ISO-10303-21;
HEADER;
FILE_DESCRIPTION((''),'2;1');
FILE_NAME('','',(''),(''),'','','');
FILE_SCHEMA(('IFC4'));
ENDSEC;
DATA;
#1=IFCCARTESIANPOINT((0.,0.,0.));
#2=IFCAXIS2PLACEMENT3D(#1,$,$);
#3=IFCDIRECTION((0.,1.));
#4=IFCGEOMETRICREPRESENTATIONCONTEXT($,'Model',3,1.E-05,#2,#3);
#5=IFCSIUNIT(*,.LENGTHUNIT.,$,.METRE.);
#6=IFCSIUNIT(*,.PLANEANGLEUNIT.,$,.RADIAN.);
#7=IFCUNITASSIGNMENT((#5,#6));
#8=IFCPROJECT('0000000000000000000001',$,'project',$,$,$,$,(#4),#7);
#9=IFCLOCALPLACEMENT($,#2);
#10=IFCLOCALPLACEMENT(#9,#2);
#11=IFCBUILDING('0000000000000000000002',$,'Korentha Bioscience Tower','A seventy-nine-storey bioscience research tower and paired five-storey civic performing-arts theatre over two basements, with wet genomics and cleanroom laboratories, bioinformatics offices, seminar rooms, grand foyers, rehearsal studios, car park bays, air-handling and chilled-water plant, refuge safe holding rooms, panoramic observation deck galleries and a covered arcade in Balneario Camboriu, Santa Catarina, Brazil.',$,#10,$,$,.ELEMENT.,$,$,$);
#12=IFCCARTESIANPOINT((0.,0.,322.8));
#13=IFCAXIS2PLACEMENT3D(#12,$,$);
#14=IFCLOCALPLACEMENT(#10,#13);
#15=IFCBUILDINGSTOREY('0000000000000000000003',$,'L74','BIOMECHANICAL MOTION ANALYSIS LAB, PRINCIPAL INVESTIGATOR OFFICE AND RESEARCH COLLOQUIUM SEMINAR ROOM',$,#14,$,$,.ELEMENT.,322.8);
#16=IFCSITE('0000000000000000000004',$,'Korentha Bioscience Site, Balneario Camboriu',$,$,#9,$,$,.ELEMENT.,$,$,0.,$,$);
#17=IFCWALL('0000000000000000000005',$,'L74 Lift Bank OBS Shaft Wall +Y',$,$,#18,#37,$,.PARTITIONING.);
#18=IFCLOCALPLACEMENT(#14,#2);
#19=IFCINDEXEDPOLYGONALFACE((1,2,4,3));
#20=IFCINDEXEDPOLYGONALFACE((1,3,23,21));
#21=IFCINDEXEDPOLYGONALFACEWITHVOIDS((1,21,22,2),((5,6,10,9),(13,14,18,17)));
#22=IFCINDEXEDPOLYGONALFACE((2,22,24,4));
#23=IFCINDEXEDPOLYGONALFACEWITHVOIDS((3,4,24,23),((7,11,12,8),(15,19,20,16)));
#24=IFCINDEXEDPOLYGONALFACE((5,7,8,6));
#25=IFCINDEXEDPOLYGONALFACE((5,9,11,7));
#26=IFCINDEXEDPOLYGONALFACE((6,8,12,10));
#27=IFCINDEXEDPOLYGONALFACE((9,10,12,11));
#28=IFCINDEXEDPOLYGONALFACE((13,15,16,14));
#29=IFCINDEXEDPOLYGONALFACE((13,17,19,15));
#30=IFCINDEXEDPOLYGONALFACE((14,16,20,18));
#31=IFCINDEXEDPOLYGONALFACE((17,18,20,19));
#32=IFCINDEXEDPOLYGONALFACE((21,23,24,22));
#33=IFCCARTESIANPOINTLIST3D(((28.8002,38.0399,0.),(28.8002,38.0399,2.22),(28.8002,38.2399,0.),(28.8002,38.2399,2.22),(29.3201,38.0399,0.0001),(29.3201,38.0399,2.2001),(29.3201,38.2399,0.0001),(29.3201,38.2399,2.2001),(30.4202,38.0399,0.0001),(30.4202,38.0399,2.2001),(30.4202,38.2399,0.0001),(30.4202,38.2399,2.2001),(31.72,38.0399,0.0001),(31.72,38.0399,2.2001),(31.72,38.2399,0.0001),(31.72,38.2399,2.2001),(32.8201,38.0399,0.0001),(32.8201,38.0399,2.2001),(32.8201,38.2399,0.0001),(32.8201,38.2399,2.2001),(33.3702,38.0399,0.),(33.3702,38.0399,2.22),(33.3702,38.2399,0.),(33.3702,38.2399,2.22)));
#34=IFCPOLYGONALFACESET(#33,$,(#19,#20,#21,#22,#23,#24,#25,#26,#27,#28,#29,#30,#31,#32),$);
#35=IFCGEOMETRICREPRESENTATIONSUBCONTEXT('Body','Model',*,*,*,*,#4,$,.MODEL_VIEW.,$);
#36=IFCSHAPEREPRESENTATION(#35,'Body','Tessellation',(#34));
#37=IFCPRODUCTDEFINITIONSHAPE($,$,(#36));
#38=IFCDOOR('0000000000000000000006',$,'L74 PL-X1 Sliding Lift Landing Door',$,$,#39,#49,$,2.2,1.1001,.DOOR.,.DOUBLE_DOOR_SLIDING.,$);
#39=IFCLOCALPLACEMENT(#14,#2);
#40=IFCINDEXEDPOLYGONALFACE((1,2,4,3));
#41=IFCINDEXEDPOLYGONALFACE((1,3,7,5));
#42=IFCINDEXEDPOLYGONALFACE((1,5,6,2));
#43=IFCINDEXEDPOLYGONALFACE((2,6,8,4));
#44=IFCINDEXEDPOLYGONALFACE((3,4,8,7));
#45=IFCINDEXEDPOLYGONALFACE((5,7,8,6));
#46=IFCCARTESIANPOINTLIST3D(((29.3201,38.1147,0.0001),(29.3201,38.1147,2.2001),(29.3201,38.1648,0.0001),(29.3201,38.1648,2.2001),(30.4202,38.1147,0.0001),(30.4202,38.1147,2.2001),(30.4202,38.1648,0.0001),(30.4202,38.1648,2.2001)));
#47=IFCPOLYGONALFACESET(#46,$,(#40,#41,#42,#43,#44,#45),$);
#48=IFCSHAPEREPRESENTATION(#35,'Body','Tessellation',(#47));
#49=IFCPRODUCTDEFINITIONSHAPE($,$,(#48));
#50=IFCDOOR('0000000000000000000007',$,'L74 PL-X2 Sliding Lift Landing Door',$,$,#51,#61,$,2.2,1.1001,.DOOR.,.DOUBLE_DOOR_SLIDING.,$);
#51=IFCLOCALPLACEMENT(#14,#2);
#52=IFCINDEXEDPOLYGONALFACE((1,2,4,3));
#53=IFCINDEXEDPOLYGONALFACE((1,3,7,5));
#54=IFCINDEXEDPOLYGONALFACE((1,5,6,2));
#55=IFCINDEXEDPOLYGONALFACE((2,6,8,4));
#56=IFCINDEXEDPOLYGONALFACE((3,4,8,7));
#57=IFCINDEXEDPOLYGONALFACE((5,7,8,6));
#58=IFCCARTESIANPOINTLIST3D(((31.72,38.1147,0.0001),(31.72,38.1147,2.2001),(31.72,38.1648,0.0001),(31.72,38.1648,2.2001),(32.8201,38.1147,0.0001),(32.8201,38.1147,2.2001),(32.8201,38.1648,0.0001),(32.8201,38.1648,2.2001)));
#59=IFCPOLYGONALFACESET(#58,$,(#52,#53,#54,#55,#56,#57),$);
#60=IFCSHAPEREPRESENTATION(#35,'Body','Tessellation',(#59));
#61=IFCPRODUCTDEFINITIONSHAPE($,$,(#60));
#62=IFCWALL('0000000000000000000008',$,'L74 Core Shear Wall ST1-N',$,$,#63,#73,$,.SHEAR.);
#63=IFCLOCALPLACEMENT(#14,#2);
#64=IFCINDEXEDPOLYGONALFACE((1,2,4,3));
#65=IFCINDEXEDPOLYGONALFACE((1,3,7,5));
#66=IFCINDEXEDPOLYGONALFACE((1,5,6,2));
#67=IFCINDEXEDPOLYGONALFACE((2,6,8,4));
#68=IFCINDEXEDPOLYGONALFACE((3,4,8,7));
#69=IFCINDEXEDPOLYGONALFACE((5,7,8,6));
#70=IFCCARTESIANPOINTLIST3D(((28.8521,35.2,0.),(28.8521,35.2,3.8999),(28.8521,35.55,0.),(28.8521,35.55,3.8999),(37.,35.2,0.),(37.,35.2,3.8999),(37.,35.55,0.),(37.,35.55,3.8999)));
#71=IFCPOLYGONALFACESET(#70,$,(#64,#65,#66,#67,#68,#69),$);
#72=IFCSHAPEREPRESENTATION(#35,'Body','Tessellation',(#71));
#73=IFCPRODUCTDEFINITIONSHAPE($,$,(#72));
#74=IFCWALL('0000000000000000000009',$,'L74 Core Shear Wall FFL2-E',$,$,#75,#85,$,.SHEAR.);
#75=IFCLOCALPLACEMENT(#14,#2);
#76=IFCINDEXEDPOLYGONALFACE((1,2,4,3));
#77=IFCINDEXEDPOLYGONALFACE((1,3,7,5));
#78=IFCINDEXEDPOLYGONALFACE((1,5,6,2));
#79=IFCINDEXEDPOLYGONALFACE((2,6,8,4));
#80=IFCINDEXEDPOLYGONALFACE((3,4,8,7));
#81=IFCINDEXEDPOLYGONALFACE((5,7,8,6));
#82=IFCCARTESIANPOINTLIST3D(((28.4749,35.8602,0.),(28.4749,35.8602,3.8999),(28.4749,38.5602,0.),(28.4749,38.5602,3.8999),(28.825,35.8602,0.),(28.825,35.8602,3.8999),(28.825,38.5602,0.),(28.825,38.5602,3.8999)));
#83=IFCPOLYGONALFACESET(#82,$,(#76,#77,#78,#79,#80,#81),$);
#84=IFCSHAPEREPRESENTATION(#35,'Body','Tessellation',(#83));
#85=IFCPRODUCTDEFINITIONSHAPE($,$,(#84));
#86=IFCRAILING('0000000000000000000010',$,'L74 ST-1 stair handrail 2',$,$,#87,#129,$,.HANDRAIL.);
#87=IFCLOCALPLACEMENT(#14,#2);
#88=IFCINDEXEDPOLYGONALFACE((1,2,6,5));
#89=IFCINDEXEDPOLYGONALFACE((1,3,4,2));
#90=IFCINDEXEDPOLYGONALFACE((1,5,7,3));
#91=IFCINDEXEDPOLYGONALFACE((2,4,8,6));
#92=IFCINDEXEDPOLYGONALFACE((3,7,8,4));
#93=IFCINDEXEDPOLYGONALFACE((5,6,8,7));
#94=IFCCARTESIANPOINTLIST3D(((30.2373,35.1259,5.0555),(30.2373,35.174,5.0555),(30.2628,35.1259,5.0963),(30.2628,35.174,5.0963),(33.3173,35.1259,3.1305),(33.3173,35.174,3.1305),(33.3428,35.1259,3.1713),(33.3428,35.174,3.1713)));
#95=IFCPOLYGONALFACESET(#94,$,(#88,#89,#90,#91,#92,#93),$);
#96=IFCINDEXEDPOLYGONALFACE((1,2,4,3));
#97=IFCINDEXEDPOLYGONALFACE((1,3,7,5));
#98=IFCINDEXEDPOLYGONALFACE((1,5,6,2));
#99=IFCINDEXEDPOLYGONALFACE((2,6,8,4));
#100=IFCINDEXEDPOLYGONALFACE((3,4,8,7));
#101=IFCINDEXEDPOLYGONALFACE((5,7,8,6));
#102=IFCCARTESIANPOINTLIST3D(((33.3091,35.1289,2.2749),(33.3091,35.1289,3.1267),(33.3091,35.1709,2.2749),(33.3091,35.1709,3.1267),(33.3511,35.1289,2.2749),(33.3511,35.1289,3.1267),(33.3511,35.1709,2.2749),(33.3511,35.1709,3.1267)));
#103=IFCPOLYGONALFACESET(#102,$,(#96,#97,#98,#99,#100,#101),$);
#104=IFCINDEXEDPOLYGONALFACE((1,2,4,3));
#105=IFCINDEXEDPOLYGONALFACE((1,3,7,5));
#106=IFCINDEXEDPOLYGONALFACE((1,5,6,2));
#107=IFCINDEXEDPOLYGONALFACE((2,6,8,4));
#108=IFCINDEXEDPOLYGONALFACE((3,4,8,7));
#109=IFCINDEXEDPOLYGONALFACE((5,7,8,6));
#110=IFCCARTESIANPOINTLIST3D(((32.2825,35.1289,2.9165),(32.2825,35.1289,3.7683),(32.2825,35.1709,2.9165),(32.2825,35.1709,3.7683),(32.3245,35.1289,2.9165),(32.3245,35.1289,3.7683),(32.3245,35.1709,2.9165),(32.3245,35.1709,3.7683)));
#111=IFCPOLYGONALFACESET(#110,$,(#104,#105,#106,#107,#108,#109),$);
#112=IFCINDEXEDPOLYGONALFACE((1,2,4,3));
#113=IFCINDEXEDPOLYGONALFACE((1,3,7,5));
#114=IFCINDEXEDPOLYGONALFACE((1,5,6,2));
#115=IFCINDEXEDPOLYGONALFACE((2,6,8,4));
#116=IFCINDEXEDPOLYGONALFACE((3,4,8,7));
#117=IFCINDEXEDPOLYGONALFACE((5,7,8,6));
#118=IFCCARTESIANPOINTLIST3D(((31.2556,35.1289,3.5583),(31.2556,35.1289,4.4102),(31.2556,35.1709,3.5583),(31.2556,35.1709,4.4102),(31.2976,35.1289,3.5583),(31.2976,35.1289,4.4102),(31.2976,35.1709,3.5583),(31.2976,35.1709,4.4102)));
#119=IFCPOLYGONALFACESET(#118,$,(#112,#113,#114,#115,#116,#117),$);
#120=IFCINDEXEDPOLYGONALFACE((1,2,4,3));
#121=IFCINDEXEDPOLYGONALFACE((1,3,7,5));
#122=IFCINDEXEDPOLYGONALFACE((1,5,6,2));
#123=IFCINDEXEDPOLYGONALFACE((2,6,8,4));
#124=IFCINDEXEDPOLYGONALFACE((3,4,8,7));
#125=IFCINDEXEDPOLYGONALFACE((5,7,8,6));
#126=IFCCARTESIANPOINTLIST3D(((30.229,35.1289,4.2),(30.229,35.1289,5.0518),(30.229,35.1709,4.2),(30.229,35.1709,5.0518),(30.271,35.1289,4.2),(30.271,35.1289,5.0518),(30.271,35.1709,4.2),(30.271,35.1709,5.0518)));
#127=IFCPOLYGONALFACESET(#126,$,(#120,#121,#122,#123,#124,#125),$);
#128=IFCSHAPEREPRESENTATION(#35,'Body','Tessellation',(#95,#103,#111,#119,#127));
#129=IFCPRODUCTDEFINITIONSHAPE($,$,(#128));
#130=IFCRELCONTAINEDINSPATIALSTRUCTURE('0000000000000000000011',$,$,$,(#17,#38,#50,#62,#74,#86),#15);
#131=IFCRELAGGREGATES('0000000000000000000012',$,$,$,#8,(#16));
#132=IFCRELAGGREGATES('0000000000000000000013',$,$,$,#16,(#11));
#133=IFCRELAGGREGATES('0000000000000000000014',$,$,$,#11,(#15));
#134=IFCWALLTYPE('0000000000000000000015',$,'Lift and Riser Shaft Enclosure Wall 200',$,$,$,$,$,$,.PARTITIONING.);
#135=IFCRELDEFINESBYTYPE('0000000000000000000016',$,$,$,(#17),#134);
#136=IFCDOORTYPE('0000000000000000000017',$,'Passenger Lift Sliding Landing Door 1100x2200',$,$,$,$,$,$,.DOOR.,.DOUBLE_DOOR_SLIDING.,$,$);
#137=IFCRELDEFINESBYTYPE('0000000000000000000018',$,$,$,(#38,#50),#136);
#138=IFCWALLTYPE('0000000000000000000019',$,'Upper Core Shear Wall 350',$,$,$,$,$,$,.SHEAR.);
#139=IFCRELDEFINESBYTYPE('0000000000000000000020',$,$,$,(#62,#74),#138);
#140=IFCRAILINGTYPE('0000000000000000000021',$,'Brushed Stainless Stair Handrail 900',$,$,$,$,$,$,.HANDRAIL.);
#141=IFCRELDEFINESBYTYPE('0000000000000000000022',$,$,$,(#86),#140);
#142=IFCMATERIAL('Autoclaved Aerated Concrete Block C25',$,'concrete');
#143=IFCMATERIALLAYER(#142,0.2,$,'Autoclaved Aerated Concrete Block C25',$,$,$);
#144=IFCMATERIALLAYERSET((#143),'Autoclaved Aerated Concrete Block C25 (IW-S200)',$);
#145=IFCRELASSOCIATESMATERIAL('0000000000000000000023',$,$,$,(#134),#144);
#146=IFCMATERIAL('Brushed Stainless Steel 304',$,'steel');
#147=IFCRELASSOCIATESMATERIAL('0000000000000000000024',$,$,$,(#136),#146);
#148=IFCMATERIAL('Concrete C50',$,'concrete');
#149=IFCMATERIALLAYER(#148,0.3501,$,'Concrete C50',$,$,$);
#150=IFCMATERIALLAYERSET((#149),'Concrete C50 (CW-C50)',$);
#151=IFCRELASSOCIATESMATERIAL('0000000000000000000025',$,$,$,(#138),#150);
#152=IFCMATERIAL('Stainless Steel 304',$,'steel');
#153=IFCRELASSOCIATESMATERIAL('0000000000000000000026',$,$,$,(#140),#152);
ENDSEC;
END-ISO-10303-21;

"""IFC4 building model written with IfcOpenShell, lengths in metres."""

from ifc_helpers import new_model, si_unit, direction, frame, frame_2d, origin, origin_2d, place, context, subcontext, project, spatial, rectangle, extrude, material, layer, layer_set, type_object, element, fill, save


model = new_model("IFC4")

# Units and contexts
model_context = context("Model", 3, precision=1e-05, world=origin(), true_north=direction((0.0, 1.0)))
body_context = subcontext(model_context, "Body", "Model", "MODEL_VIEW")
ifc_project = project(units=[si_unit("LENGTHUNIT", "METRE"), si_unit("PLANEANGLEUNIT", "RADIAN")], contexts=[model_context])

# Site, building, storey
site_placement = place(None, origin())
site = spatial("IfcSite", under=ifc_project, at=site_placement, Name="Korentha Bioscience Site, Balneario Camboriu", CompositionType="ELEMENT", RefElevation=0.0)
building_placement = place(site_placement, origin())
building = spatial("IfcBuilding", under=site, at=building_placement, Name="Korentha Bioscience Tower", Description="A seventy-nine-storey bioscience research tower and paired five-storey civic performing-arts theatre over two basements, with wet genomics and cleanroom laboratories, bioinformatics offices, seminar rooms, grand foyers, rehearsal studios, car park bays, air-handling and chilled-water plant, refuge safe holding rooms, panoramic observation deck galleries and a covered arcade in Balneario Camboriu, Santa Catarina, Brazil.", CompositionType="ELEMENT")
storey_placement = place(building_placement, frame((0.0, 0.0, 322.8)))
storey = spatial("IfcBuildingStorey", under=building, at=storey_placement, Name="L74", Description="BIOMECHANICAL MOTION ANALYSIS LAB, PRINCIPAL INVESTIGATOR OFFICE AND RESEARCH COLLOQUIUM SEMINAR ROOM", CompositionType="ELEMENT", Elevation=322.8)

# Shared definitions
ifc_material_1 = material(Name="Autoclaved Aerated Concrete Block C25", Category="concrete")
ifc_layer_1 = layer(ifc_material_1, 0.2, Name="Autoclaved Aerated Concrete Block C25")
ifc_layer_set_1 = layer_set([ifc_layer_1], Name="Autoclaved Aerated Concrete Block C25 (IW-S200)")
wall_type_1 = type_object("IfcWallType", Name="Lift and Riser Shaft Enclosure Wall 200", PredefinedType="PARTITIONING", material=ifc_layer_set_1)

# Wall, openings, doors
wall_1_placement = place(storey_placement, frame((28.8, 38.1399, 0.0), z_axis=(0.0, 0.0, 1.0), x_axis=(1.0, 0.0, 0.0)))
wall_1 = element("IfcWall", 1, at=wall_1_placement, inside=storey, type_object=wall_type_1, Name="L74 Lift Bank OBS Shaft Wall +Y", PredefinedType="PARTITIONING", context=body_context, shape_type="SweptSolid", body=[
    extrude(rectangle(XDim=4.5701, YDim=0.2, at=frame_2d((2.2852, 0.0))), origin(), (0.0, 0.0, 1.0), 2.22),
])
opening_1_placement = place(wall_1_placement, frame((0.52, 0.0, 0.0)))
opening_1 = element("IfcOpeningElement", 2, at=opening_1_placement, cuts=wall_1, PredefinedType="OPENING", context=body_context, shape_type="SweptSolid", body=[
    extrude(rectangle(XDim=1.1001, YDim=2.2, at=frame_2d((0.55, 1.1001))), frame((0.0, 0.1147, 0.0), z_axis=(0.0, -1.0, 0.0), x_axis=(1.0, 0.0, 0.0)), (0.0, 0.0, 1.0), 0.2297),
])
opening_2_placement = place(wall_1_placement, frame((2.9199, 0.0, 0.0)))
opening_2 = element("IfcOpeningElement", 3, at=opening_2_placement, cuts=wall_1, PredefinedType="OPENING", context=body_context, shape_type="SweptSolid", body=[
    extrude(rectangle(XDim=1.1001, YDim=2.2, at=frame_2d((0.55, 1.1001))), frame((0.0, 0.1147, 0.0), z_axis=(0.0, -1.0, 0.0), x_axis=(1.0, 0.0, 0.0)), (0.0, 0.0, 1.0), 0.2297),
])
ifc_material_2 = material(Name="Brushed Stainless Steel 304", Category="steel")
door_type = type_object("IfcDoorType", Name="Passenger Lift Sliding Landing Door 1100x2200", OperationType="DOUBLE_DOOR_SLIDING", PredefinedType="DOOR", material=ifc_material_2)
door_1_placement = place(opening_1_placement, origin())
door_1 = element("IfcDoor", 4, at=door_1_placement, inside=storey, type_object=door_type, Name="L74 PL-X1 Sliding Lift Landing Door", OperationType="DOUBLE_DOOR_SLIDING", OverallHeight=2.2, OverallWidth=1.1001, PredefinedType="DOOR", context=body_context, shape_type="SweptSolid", body=[
    extrude(rectangle(XDim=1.1001, YDim=2.2, at=frame_2d((0.55, 1.1001))), frame((0.0, 0.0249, 0.0), z_axis=(0.0, -1.0, 0.0), x_axis=(1.0, 0.0, 0.0)), (0.0, 0.0, 1.0), 0.05),
])
fill(opening_1, door_1)
door_2_placement = place(opening_2_placement, origin())
door_2 = element("IfcDoor", 5, at=door_2_placement, inside=storey, type_object=door_type, Name="L74 PL-X2 Sliding Lift Landing Door", OperationType="DOUBLE_DOOR_SLIDING", OverallHeight=2.2, OverallWidth=1.1001, PredefinedType="DOOR", context=body_context, shape_type="SweptSolid", body=[
    extrude(rectangle(XDim=1.1001, YDim=2.2, at=frame_2d((0.55, 1.1001))), frame((0.0, 0.0249, 0.0), z_axis=(0.0, -1.0, 0.0), x_axis=(1.0, 0.0, 0.0)), (0.0, 0.0, 1.0), 0.05),
])
fill(opening_2, door_2)

# Walls
ifc_material_3 = material(Name="Concrete C50", Category="concrete")
ifc_layer_2 = layer(ifc_material_3, 0.3501, Name="Concrete C50")
ifc_layer_set_2 = layer_set([ifc_layer_2], Name="Concrete C50 (CW-C50)")
wall_type_2 = type_object("IfcWallType", Name="Upper Core Shear Wall 350", PredefinedType="SHEAR", material=ifc_layer_set_2)
wall_2_placement = place(storey_placement, frame((28.8521, 35.375, 0.0), z_axis=(0.0, 0.0, 1.0), x_axis=(1.0, 0.0, 0.0)))
element("IfcWall", 6, at=wall_2_placement, inside=storey, type_object=wall_type_2, Name="L74 Core Shear Wall ST1-N", PredefinedType="SHEAR", context=body_context, shape_type="SweptSolid", body=[
    extrude(rectangle(XDim=8.1479, YDim=0.3501, at=frame_2d((4.074, 0.0))), origin(), (0.0, 0.0, 1.0), 3.8999),
])
wall_3_placement = place(storey_placement, frame((28.6499, 35.8601, 0.0), z_axis=(0.0, 0.0, 1.0), x_axis=(0.0, 1.0, 0.0)))
element("IfcWall", 7, at=wall_3_placement, inside=storey, type_object=wall_type_2, Name="L74 Core Shear Wall FFL2-E", PredefinedType="SHEAR", context=body_context, shape_type="SweptSolid", body=[
    extrude(rectangle(XDim=2.7, YDim=0.3501, at=frame_2d((1.3501, 0.0))), origin(), (0.0, 0.0, 1.0), 3.8999),
])

# Railing
ifc_material_4 = material(Name="Stainless Steel 304", Category="steel")
railing_type = type_object("IfcRailingType", Name="Brushed Stainless Stair Handrail 900", PredefinedType="HANDRAIL", material=ifc_material_4)
railing_placement = place(storey_placement, frame((33.3301, 35.1499, 2.2749)))
element("IfcRailing", 8, at=railing_placement, inside=storey, type_object=railing_type, Name="L74 ST-1 stair handrail 2", PredefinedType="HANDRAIL", context=body_context, shape_type="SweptSolid", body=[
    extrude(rectangle(XDim=0.0481, YDim=0.0481, at=origin_2d()), frame((0.0, 0.0, 0.876), z_axis=(-0.847998, 0.0, 0.529999), x_axis=(0.0, -1.0, 0.0)), (0.0, 0.0, 1.0), 3.6321),
    extrude(rectangle(XDim=0.042, YDim=0.042, at=origin_2d()), origin(), (0.0, 0.0, 1.0), 0.8518),
    extrude(rectangle(XDim=0.042, YDim=0.042, at=origin_2d()), frame((-1.0266, 0.0, 0.6416)), (0.0, 0.0, 1.0), 0.8518),
    extrude(rectangle(XDim=0.042, YDim=0.042, at=origin_2d()), frame((-2.0535, 0.0, 1.2834)), (0.0, 0.0, 1.0), 0.8518),
    extrude(rectangle(XDim=0.042, YDim=0.042, at=origin_2d()), frame((-3.0801, 0.0, 1.925)), (0.0, 0.0, 1.0), 0.8518),
])

save(model, "model.ifc")
